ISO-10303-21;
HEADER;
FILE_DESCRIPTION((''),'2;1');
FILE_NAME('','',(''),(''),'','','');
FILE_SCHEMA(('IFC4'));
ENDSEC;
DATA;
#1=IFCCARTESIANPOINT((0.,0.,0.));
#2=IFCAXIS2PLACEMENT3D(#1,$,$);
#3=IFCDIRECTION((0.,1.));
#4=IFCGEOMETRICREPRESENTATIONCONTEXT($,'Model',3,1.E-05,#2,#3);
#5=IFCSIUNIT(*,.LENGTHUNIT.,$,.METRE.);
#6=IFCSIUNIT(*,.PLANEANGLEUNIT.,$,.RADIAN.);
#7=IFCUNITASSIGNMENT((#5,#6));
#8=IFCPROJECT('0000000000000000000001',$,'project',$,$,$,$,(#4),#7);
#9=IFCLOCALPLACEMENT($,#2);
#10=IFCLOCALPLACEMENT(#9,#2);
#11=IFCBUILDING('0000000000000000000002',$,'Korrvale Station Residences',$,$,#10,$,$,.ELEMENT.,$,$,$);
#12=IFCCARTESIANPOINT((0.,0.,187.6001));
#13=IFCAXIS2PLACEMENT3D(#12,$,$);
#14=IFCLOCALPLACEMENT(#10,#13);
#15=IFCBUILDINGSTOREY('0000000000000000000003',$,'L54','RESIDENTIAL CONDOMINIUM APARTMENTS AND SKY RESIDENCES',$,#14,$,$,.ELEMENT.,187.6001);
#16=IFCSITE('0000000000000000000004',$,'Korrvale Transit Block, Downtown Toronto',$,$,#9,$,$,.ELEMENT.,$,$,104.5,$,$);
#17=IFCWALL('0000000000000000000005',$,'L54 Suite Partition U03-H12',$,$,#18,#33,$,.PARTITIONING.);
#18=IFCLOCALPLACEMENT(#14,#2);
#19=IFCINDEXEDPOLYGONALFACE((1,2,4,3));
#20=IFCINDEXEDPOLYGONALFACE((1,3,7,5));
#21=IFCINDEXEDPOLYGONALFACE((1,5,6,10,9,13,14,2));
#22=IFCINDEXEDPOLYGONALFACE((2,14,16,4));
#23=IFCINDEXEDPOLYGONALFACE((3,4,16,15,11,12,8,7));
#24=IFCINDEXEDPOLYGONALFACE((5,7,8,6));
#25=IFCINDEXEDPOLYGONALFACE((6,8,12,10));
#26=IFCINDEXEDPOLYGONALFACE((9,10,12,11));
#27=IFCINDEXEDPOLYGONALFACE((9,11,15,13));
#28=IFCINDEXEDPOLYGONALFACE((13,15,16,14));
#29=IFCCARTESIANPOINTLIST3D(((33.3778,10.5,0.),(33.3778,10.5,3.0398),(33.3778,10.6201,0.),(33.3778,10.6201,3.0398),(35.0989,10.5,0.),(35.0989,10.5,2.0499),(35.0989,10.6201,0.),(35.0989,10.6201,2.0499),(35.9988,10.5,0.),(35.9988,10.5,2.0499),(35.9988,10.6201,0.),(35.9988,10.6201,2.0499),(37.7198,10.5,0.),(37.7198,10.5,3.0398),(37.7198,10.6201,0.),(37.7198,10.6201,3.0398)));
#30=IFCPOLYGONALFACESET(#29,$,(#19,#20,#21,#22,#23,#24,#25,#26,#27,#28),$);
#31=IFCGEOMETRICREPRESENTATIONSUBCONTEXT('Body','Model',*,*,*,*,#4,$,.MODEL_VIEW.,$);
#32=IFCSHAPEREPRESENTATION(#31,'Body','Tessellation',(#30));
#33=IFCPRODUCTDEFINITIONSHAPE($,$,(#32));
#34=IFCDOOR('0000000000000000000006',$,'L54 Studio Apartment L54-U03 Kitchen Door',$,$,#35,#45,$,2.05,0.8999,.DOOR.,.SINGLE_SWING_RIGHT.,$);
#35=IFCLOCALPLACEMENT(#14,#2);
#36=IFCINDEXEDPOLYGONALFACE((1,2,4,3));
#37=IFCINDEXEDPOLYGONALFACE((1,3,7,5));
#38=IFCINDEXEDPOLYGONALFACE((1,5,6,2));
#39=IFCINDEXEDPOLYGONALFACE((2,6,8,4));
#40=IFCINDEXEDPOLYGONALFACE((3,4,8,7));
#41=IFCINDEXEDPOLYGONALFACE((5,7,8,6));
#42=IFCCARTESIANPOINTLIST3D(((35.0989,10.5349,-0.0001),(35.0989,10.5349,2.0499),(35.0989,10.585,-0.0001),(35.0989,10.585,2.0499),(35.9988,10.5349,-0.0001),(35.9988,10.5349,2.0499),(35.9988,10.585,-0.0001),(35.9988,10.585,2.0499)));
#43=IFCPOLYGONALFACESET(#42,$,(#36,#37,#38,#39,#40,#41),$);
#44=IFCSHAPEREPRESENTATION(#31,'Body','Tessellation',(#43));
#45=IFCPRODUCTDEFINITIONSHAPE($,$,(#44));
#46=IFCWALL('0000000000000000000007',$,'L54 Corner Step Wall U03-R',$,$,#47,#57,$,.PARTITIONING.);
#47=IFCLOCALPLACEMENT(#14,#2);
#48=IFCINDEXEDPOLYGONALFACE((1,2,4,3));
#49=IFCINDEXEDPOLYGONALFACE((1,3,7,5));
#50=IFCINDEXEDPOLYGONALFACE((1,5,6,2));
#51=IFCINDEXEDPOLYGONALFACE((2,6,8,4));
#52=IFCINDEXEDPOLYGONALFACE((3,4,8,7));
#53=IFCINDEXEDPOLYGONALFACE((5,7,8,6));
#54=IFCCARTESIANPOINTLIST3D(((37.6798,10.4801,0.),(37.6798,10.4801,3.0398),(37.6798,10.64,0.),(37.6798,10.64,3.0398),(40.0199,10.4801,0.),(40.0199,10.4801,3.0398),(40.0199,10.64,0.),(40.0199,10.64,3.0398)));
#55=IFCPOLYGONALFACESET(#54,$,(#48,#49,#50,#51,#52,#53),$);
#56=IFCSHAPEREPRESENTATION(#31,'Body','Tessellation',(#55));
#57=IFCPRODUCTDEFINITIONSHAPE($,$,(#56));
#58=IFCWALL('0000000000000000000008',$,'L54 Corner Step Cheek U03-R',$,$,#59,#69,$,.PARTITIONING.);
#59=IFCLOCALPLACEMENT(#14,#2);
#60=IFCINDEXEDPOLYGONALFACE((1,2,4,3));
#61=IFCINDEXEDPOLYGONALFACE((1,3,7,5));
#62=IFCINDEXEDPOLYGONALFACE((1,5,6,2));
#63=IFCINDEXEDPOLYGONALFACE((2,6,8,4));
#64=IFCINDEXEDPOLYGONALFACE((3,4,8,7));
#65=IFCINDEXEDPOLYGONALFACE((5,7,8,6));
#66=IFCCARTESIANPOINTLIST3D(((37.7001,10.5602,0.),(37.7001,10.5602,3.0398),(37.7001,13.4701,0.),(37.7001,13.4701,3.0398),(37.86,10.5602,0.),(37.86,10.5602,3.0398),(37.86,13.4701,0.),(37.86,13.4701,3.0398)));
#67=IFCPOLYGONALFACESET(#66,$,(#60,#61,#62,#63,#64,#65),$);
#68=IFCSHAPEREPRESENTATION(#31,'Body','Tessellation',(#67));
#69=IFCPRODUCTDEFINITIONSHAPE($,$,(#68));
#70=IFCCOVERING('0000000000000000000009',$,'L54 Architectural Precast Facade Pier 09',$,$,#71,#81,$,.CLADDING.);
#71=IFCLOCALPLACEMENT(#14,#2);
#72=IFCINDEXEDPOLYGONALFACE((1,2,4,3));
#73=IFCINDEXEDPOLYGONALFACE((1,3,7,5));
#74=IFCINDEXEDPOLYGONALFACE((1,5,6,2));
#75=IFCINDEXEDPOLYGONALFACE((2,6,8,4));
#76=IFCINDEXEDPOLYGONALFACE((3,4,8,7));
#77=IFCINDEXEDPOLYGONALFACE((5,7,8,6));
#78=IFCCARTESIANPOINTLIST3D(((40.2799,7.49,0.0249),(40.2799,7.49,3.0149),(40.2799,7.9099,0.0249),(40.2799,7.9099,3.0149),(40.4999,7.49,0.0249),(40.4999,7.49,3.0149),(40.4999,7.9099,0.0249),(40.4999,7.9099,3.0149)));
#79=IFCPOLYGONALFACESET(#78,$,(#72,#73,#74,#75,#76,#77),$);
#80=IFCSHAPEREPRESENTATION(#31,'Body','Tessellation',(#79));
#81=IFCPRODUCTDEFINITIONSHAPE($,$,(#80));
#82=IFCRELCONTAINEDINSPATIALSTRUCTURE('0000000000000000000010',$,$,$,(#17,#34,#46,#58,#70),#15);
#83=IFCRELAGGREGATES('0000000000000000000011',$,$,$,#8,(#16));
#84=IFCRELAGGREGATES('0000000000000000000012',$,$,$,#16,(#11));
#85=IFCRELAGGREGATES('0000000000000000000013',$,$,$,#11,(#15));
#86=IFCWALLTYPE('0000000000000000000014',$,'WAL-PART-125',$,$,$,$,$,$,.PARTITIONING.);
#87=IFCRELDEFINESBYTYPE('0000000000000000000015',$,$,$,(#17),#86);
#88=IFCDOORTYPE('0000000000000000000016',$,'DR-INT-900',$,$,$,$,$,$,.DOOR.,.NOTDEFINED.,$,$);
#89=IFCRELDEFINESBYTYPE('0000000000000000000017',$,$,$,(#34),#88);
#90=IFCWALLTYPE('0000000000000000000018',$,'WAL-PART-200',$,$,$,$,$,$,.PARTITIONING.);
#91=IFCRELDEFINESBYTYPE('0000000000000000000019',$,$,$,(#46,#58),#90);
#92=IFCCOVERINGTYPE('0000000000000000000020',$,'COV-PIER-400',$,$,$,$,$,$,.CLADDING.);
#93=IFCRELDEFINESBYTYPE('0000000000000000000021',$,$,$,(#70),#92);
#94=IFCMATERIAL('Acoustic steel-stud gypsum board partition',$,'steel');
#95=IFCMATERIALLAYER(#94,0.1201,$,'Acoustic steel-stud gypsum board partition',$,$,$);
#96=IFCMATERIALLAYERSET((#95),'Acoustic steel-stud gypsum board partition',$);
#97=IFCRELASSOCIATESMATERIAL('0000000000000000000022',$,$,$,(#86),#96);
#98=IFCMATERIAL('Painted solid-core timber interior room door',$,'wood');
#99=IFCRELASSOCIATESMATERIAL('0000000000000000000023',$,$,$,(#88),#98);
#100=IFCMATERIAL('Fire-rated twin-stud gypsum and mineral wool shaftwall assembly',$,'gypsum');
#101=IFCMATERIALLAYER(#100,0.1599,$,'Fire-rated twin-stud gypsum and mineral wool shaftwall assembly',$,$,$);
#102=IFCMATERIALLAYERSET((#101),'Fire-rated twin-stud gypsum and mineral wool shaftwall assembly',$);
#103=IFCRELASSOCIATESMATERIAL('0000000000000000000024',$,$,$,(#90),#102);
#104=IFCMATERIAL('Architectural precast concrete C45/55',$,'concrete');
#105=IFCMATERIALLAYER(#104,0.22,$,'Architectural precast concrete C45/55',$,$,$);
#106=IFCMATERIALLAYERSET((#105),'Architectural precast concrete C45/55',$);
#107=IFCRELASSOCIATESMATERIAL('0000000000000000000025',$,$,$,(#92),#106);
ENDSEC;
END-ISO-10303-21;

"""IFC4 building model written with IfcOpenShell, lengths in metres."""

from ifc_helpers import new_model, si_unit, direction, frame, frame_2d, origin, origin_2d, place, context, subcontext, project, spatial, rectangle, extrude, material, layer, layer_set, type_object, element, fill, save


model = new_model("IFC4")

# Units and contexts
model_context = context("Model", 3, precision=1e-05, world=origin(), true_north=direction((0.0, 1.0)))
body_context = subcontext(model_context, "Body", "Model", "MODEL_VIEW")
ifc_project = project(units=[si_unit("LENGTHUNIT", "METRE"), si_unit("PLANEANGLEUNIT", "RADIAN")], contexts=[model_context])

# Site, building, storey
site_placement = place(None, origin())
site = spatial("IfcSite", under=ifc_project, at=site_placement, Name="Korrvale Transit Block, Downtown Toronto", CompositionType="ELEMENT", RefElevation=104.5)
building_placement = place(site_placement, origin())
building = spatial("IfcBuilding", under=site, at=building_placement, Name="Korrvale Station Residences", CompositionType="ELEMENT")
storey_placement = place(building_placement, frame((0.0, 0.0, 187.6001)))
storey = spatial("IfcBuildingStorey", under=building, at=storey_placement, Name="L54", Description="RESIDENTIAL CONDOMINIUM APARTMENTS AND SKY RESIDENCES", CompositionType="ELEMENT", Elevation=187.6001)

# Wall, opening, door
ifc_material_1 = material(Name="Acoustic steel-stud gypsum board partition", Category="steel")
ifc_layer_1 = layer(ifc_material_1, 0.1201, Name="Acoustic steel-stud gypsum board partition")
ifc_layer_set_1 = layer_set([ifc_layer_1], Name="Acoustic steel-stud gypsum board partition")
wall_type_1 = type_object("IfcWallType", Name="WAL-PART-125", PredefinedType="PARTITIONING", material=ifc_layer_set_1)
wall_1_placement = place(storey_placement, frame((33.3779, 10.5601, 0.0), z_axis=(0.0, 0.0, 1.0), x_axis=(1.0, 0.0, 0.0)))
wall_1 = element("IfcWall", 1, at=wall_1_placement, inside=storey, type_object=wall_type_1, Name="L54 Suite Partition U03-H12", PredefinedType="PARTITIONING", context=body_context, shape_type="SweptSolid", body=[
    extrude(rectangle(XDim=4.342, YDim=0.1201, at=frame_2d((2.1709, 0.0))), origin(), (0.0, 0.0, 1.0), 3.0398),
])
opening_1_placement = place(wall_1_placement, frame((1.7209, 0.0, 0.0)))
opening_1 = element("IfcOpeningElement", 2, at=opening_1_placement, cuts=wall_1, PredefinedType="OPENING", context=body_context, shape_type="SweptSolid", body=[
    extrude(rectangle(XDim=0.8999, YDim=2.05, at=frame_2d((0.45, 1.0249))), frame((0.0, 0.0701, 0.0), z_axis=(0.0, -1.0, 0.0), x_axis=(1.0, 0.0, 0.0)), (0.0, 0.0, 1.0), 0.1401),
])
ifc_material_2 = material(Name="Painted solid-core timber interior room door", Category="wood")
door_type_1 = type_object("IfcDoorType", Name="DR-INT-900", OperationType="NOTDEFINED", PredefinedType="DOOR", material=ifc_material_2)
door_1_placement = place(opening_1_placement, origin())
door_1 = element("IfcDoor", 3, at=door_1_placement, inside=storey, type_object=door_type_1, Name="L54 Studio Apartment L54-U03 Kitchen Door", OperationType="SINGLE_SWING_RIGHT", OverallHeight=2.05, OverallWidth=0.8999, PredefinedType="DOOR", context=body_context, shape_type="SweptSolid", body=[
    extrude(rectangle(XDim=0.8999, YDim=2.05, at=frame_2d((0.45, 1.0249))), frame((0.0, 0.0249, 0.0), z_axis=(0.0, -1.0, 0.0), x_axis=(1.0, 0.0, 0.0)), (0.0, 0.0, 1.0), 0.05),
])
fill(opening_1, door_1)

# Walls
ifc_material_3 = material(Name="Fire-rated twin-stud gypsum and mineral wool shaftwall assembly", Category="gypsum")
ifc_layer_2 = layer(ifc_material_3, 0.1599, Name="Fire-rated twin-stud gypsum and mineral wool shaftwall assembly")
ifc_layer_set_2 = layer_set([ifc_layer_2], Name="Fire-rated twin-stud gypsum and mineral wool shaftwall assembly")
wall_type_2 = type_object("IfcWallType", Name="WAL-PART-200", PredefinedType="PARTITIONING", material=ifc_layer_set_2)
wall_2_placement = place(storey_placement, frame((37.6799, 10.5601, 0.0), z_axis=(0.0, 0.0, 1.0), x_axis=(1.0, 0.0, 0.0)))
element("IfcWall", 4, at=wall_2_placement, inside=storey, type_object=wall_type_2, Name="L54 Corner Step Wall U03-R", PredefinedType="PARTITIONING", context=body_context, shape_type="SweptSolid", body=[
    extrude(rectangle(XDim=2.3401, YDim=0.1599, at=frame_2d((1.1699, 0.0))), origin(), (0.0, 0.0, 1.0), 3.0398),
])
wall_3_placement = place(storey_placement, frame((37.78, 10.5601, 0.0), z_axis=(0.0, 0.0, 1.0), x_axis=(0.0, 1.0, 0.0)))
element("IfcWall", 5, at=wall_3_placement, inside=storey, type_object=wall_type_2, Name="L54 Corner Step Cheek U03-R", PredefinedType="PARTITIONING", context=body_context, shape_type="SweptSolid", body=[
    extrude(rectangle(XDim=2.9099, YDim=0.1599, at=frame_2d((1.4551, 0.0))), origin(), (0.0, 0.0, 1.0), 3.0398),
])

# Covering
ifc_material_4 = material(Name="Architectural precast concrete C45/55", Category="concrete")
ifc_layer_3 = layer(ifc_material_4, 0.22, Name="Architectural precast concrete C45/55")
ifc_layer_set_3 = layer_set([ifc_layer_3], Name="Architectural precast concrete C45/55")
covering_type = type_object("IfcCoveringType", Name="COV-PIER-400", PredefinedType="CLADDING", material=ifc_layer_set_3)
covering_placement = place(storey_placement, frame((40.3899, 7.7, 0.0249), z_axis=(0.0, 0.0, 1.0), x_axis=(0.0, 1.0, 0.0)))
element("IfcCovering", 6, at=covering_placement, inside=storey, type_object=covering_type, Name="L54 Architectural Precast Facade Pier 09", PredefinedType="CLADDING", context=body_context, shape_type="SweptSolid", body=[
    extrude(rectangle(XDim=0.4199, YDim=0.22, at=origin_2d()), origin(), (0.0, 0.0, 1.0), 2.99),
])

save(model, "model.ifc")
